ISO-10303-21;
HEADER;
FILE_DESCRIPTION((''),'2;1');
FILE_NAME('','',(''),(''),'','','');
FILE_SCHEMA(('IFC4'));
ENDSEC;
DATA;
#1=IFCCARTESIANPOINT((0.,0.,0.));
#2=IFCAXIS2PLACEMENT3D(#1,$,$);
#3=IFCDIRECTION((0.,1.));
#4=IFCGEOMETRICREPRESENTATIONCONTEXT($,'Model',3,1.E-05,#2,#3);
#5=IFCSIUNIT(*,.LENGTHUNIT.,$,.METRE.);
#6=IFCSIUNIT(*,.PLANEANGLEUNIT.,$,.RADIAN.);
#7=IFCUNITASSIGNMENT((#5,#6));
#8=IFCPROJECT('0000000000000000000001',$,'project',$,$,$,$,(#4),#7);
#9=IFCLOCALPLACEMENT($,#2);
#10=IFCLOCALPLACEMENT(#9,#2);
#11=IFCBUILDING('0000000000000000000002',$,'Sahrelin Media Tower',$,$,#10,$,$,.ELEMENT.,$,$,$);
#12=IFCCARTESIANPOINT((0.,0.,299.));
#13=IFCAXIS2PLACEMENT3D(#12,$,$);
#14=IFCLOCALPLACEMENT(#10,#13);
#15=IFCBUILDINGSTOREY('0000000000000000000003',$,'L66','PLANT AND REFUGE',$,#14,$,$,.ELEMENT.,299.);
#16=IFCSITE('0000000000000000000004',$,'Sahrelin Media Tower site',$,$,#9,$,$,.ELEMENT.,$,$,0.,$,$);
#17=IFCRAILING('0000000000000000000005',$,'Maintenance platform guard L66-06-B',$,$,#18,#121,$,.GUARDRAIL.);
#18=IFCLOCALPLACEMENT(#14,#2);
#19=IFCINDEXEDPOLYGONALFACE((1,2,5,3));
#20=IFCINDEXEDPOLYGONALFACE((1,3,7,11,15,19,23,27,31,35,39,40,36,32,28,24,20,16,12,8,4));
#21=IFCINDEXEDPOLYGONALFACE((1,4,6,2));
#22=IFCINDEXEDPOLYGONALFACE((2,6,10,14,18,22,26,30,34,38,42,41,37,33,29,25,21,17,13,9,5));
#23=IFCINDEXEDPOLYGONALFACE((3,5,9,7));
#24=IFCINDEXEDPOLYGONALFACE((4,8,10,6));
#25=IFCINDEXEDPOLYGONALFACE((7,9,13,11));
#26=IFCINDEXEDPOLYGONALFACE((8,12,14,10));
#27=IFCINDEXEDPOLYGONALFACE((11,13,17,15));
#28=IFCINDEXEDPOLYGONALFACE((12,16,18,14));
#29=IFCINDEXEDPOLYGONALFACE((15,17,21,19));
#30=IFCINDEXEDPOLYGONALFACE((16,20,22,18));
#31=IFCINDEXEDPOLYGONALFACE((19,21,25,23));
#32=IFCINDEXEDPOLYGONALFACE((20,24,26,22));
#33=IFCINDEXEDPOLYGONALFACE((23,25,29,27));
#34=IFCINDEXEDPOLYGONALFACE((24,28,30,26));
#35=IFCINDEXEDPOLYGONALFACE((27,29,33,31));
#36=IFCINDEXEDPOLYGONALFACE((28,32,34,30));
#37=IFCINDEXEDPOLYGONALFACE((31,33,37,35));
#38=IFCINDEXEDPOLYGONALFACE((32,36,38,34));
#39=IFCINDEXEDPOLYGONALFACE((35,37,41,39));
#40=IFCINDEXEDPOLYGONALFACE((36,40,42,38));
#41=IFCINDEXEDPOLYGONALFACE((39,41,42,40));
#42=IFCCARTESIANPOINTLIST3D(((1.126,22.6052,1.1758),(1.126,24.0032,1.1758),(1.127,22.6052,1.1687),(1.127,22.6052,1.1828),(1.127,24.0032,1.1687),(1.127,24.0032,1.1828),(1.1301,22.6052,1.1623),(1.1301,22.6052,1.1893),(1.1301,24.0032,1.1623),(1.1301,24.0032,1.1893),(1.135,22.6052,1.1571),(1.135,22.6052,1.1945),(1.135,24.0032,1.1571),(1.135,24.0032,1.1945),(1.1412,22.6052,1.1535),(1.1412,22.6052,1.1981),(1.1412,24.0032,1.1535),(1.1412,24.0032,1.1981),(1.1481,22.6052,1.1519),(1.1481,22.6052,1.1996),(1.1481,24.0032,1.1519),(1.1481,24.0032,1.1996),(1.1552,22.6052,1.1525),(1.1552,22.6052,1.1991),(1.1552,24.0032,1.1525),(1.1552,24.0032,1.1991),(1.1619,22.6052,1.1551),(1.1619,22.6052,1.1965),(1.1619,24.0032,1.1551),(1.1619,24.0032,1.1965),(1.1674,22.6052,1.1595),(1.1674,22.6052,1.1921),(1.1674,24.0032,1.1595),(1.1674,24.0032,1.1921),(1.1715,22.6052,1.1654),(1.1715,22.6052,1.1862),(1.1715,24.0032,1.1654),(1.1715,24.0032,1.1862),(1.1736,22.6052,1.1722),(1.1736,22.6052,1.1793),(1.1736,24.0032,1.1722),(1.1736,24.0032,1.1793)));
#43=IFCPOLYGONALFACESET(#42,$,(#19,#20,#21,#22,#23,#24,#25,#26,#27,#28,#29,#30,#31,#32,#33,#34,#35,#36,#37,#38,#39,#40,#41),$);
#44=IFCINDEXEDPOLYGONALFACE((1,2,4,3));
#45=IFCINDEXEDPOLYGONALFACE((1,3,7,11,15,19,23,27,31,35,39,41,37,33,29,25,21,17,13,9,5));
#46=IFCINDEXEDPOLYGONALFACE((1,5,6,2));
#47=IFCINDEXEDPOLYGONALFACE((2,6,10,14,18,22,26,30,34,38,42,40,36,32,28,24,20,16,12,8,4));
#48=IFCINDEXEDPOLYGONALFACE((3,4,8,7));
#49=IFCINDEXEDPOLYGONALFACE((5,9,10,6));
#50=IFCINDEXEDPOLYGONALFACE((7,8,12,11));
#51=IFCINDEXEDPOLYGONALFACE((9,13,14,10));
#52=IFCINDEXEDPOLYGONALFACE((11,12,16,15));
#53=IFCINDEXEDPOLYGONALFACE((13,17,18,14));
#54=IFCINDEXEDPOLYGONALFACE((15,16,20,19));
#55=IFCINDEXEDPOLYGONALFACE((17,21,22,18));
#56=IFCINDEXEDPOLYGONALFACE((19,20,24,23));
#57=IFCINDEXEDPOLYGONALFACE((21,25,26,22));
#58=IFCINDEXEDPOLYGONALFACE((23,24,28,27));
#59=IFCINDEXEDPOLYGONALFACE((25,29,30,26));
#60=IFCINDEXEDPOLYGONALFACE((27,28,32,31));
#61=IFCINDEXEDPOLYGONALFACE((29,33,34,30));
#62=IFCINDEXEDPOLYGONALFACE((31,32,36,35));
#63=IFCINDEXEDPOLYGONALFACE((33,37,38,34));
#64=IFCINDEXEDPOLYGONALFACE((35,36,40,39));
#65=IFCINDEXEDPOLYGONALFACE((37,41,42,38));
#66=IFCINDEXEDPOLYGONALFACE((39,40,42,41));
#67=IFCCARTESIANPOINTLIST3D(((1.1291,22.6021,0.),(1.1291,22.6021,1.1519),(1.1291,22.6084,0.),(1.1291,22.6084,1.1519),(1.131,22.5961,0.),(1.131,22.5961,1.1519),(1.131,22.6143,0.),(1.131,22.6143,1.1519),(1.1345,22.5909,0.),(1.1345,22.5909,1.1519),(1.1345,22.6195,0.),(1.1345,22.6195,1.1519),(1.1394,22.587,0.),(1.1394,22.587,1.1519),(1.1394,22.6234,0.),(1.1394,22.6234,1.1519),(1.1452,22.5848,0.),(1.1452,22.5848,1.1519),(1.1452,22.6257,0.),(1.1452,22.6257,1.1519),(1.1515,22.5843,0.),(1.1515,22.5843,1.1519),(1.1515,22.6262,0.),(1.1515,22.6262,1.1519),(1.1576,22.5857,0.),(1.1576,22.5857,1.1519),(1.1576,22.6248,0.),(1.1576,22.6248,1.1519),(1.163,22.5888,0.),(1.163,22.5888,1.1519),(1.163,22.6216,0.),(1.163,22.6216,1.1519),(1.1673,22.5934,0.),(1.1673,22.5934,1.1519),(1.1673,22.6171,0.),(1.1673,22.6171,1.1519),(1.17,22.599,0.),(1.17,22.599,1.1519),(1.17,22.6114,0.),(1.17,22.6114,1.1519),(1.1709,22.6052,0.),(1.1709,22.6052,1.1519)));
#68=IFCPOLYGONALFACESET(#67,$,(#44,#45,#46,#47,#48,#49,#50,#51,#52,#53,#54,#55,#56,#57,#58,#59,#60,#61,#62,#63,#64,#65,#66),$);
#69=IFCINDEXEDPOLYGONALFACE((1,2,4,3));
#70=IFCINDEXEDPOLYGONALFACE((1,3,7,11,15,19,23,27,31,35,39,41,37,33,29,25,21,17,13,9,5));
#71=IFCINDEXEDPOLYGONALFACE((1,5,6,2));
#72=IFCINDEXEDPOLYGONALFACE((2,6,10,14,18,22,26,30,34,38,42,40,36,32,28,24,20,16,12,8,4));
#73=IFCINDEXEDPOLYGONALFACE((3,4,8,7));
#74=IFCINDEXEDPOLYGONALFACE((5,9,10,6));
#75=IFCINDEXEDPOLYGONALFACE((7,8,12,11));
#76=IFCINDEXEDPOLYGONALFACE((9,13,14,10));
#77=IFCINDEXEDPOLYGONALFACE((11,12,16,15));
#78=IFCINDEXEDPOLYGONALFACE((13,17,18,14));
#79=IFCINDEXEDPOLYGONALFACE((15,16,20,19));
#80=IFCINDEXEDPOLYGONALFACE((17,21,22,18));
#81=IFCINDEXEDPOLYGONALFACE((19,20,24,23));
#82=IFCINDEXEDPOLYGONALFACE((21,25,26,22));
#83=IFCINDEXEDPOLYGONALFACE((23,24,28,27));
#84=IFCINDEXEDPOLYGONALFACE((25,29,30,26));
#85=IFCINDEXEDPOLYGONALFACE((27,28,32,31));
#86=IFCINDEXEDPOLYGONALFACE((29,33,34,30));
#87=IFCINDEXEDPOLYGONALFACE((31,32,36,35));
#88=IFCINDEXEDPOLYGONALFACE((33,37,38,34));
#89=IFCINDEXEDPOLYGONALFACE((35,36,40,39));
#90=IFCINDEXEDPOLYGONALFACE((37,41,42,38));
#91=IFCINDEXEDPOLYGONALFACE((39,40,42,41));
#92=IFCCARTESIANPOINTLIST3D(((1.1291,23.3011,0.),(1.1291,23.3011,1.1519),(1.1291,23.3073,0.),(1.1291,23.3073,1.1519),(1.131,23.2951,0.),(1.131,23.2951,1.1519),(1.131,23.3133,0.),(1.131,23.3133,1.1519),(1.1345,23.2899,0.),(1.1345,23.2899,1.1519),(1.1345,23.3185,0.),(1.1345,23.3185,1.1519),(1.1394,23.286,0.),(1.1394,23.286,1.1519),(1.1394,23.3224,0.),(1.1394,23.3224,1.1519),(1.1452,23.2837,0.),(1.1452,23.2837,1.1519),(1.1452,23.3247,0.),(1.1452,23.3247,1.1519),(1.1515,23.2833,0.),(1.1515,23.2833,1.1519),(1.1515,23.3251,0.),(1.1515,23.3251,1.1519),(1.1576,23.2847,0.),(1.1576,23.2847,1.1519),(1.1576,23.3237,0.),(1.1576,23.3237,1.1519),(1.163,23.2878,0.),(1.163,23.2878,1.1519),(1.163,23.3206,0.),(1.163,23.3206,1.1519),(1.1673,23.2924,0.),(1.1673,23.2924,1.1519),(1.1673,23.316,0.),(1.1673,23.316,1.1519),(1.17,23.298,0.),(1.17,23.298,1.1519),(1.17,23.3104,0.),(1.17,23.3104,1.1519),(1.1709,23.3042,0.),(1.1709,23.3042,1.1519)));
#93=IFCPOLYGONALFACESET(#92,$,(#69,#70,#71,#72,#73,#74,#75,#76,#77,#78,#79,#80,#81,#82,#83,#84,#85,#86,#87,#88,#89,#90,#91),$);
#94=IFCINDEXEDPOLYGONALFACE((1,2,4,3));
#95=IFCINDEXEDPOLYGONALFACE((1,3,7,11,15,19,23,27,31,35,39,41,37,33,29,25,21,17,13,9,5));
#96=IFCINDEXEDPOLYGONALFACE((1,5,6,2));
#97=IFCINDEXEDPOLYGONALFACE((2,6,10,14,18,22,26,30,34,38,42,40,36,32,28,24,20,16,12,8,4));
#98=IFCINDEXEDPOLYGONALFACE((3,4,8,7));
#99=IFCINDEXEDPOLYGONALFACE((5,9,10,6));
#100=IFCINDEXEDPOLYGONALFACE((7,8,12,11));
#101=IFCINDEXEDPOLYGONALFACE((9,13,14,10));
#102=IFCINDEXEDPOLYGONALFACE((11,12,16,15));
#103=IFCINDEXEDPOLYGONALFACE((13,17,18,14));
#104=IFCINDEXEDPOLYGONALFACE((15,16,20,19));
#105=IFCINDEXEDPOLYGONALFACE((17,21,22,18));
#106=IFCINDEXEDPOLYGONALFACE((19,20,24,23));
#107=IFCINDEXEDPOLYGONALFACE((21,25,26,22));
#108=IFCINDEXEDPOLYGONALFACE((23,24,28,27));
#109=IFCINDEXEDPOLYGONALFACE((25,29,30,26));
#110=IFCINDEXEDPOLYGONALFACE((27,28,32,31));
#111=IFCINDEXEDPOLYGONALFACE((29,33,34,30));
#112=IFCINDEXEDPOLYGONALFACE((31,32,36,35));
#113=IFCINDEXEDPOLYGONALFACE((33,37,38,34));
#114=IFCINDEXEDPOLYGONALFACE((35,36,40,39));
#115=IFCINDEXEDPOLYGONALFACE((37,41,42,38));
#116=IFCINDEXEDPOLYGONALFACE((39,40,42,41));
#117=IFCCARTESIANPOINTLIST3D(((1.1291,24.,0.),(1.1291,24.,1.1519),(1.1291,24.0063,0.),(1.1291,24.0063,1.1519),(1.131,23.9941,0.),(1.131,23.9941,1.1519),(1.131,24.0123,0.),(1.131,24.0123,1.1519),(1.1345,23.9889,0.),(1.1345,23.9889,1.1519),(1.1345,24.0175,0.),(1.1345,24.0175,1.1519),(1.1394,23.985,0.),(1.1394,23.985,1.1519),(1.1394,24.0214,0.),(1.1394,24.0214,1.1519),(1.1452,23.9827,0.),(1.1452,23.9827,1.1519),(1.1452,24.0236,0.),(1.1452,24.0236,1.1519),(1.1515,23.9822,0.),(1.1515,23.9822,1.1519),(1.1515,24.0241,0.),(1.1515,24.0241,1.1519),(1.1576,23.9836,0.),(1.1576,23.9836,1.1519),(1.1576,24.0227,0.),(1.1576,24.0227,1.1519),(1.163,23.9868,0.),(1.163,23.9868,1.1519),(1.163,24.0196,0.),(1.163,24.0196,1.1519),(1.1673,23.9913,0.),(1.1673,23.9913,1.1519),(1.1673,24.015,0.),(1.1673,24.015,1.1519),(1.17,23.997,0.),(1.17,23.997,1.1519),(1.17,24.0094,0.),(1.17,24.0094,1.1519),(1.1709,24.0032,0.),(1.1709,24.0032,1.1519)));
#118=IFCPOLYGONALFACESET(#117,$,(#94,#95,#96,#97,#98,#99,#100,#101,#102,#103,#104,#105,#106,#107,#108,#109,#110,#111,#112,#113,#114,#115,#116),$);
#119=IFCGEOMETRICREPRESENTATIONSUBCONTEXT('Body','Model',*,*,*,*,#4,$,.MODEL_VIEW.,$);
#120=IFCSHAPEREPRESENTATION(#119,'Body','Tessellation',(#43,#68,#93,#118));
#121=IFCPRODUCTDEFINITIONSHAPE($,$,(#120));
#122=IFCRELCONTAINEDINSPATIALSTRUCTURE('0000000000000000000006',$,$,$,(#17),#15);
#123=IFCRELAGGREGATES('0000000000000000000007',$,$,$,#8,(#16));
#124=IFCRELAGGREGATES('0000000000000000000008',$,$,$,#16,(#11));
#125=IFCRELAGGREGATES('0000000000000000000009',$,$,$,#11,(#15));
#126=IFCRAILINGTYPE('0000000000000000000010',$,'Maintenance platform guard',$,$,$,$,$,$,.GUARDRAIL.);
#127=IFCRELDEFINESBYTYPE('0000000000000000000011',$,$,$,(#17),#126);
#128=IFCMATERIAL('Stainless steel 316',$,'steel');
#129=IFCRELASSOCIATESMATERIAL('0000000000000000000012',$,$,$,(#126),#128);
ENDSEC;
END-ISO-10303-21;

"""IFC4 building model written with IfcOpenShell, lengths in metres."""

from ifc_helpers import new_model, si_unit, direction, frame, origin, origin_2d, place, context, subcontext, project, spatial, circle, extrude, material, type_object, element, save


model = new_model("IFC4")

# Units and contexts
model_context = context("Model", 3, precision=1e-05, world=origin(), true_north=direction((0.0, 1.0)))
body_context = subcontext(model_context, "Body", "Model", "MODEL_VIEW")
ifc_project = project(units=[si_unit("LENGTHUNIT", "METRE"), si_unit("PLANEANGLEUNIT", "RADIAN")], contexts=[model_context])

# Site, building, storey
site_placement = place(None, origin())
site = spatial("IfcSite", under=ifc_project, at=site_placement, Name="Sahrelin Media Tower site", CompositionType="ELEMENT", RefElevation=0.0)
building_placement = place(site_placement, origin())
building = spatial("IfcBuilding", under=site, at=building_placement, Name="Sahrelin Media Tower", CompositionType="ELEMENT")
storey_placement = place(building_placement, frame((0.0, 0.0, 299.0)))
storey = spatial("IfcBuildingStorey", under=building, at=storey_placement, Name="L66", Description="PLANT AND REFUGE", CompositionType="ELEMENT", Elevation=299.0)

# Railing
ifc_material_1 = material(Name="Stainless steel 316", Category="steel")
railing_type_1 = type_object("IfcRailingType", Name="Maintenance platform guard", PredefinedType="GUARDRAIL", material=ifc_material_1)
for number, where, name in (
    (1, (1.1499, 22.6052, 0.0), "Maintenance platform guard L66-06-B"),
):
    element("IfcRailing", number, at=place(storey_placement, frame(where)), inside=storey, type_object=railing_type_1, Name=name, PredefinedType="GUARDRAIL", context=body_context, shape_type="SweptSolid", body=[
        extrude(circle(Radius=0.0239, at=origin_2d()), frame((0.0, 0.0, 1.1758), z_axis=(0.0, 1.0, 0.0), x_axis=(-1.0, 0.0, 0.0)), (0.0, 0.0, 1.0), 1.3979),
        extrude(circle(Radius=0.021, at=origin_2d()), origin(), (0.0, 0.0, 1.0), 1.1519),
        extrude(circle(Radius=0.021, at=origin_2d()), frame((0.0, 0.699, 0.0)), (0.0, 0.0, 1.0), 1.1519),
        extrude(circle(Radius=0.021, at=origin_2d()), frame((0.0, 1.3979, 0.0)), (0.0, 0.0, 1.0), 1.1519),
    ])

save(model, "model.ifc")
